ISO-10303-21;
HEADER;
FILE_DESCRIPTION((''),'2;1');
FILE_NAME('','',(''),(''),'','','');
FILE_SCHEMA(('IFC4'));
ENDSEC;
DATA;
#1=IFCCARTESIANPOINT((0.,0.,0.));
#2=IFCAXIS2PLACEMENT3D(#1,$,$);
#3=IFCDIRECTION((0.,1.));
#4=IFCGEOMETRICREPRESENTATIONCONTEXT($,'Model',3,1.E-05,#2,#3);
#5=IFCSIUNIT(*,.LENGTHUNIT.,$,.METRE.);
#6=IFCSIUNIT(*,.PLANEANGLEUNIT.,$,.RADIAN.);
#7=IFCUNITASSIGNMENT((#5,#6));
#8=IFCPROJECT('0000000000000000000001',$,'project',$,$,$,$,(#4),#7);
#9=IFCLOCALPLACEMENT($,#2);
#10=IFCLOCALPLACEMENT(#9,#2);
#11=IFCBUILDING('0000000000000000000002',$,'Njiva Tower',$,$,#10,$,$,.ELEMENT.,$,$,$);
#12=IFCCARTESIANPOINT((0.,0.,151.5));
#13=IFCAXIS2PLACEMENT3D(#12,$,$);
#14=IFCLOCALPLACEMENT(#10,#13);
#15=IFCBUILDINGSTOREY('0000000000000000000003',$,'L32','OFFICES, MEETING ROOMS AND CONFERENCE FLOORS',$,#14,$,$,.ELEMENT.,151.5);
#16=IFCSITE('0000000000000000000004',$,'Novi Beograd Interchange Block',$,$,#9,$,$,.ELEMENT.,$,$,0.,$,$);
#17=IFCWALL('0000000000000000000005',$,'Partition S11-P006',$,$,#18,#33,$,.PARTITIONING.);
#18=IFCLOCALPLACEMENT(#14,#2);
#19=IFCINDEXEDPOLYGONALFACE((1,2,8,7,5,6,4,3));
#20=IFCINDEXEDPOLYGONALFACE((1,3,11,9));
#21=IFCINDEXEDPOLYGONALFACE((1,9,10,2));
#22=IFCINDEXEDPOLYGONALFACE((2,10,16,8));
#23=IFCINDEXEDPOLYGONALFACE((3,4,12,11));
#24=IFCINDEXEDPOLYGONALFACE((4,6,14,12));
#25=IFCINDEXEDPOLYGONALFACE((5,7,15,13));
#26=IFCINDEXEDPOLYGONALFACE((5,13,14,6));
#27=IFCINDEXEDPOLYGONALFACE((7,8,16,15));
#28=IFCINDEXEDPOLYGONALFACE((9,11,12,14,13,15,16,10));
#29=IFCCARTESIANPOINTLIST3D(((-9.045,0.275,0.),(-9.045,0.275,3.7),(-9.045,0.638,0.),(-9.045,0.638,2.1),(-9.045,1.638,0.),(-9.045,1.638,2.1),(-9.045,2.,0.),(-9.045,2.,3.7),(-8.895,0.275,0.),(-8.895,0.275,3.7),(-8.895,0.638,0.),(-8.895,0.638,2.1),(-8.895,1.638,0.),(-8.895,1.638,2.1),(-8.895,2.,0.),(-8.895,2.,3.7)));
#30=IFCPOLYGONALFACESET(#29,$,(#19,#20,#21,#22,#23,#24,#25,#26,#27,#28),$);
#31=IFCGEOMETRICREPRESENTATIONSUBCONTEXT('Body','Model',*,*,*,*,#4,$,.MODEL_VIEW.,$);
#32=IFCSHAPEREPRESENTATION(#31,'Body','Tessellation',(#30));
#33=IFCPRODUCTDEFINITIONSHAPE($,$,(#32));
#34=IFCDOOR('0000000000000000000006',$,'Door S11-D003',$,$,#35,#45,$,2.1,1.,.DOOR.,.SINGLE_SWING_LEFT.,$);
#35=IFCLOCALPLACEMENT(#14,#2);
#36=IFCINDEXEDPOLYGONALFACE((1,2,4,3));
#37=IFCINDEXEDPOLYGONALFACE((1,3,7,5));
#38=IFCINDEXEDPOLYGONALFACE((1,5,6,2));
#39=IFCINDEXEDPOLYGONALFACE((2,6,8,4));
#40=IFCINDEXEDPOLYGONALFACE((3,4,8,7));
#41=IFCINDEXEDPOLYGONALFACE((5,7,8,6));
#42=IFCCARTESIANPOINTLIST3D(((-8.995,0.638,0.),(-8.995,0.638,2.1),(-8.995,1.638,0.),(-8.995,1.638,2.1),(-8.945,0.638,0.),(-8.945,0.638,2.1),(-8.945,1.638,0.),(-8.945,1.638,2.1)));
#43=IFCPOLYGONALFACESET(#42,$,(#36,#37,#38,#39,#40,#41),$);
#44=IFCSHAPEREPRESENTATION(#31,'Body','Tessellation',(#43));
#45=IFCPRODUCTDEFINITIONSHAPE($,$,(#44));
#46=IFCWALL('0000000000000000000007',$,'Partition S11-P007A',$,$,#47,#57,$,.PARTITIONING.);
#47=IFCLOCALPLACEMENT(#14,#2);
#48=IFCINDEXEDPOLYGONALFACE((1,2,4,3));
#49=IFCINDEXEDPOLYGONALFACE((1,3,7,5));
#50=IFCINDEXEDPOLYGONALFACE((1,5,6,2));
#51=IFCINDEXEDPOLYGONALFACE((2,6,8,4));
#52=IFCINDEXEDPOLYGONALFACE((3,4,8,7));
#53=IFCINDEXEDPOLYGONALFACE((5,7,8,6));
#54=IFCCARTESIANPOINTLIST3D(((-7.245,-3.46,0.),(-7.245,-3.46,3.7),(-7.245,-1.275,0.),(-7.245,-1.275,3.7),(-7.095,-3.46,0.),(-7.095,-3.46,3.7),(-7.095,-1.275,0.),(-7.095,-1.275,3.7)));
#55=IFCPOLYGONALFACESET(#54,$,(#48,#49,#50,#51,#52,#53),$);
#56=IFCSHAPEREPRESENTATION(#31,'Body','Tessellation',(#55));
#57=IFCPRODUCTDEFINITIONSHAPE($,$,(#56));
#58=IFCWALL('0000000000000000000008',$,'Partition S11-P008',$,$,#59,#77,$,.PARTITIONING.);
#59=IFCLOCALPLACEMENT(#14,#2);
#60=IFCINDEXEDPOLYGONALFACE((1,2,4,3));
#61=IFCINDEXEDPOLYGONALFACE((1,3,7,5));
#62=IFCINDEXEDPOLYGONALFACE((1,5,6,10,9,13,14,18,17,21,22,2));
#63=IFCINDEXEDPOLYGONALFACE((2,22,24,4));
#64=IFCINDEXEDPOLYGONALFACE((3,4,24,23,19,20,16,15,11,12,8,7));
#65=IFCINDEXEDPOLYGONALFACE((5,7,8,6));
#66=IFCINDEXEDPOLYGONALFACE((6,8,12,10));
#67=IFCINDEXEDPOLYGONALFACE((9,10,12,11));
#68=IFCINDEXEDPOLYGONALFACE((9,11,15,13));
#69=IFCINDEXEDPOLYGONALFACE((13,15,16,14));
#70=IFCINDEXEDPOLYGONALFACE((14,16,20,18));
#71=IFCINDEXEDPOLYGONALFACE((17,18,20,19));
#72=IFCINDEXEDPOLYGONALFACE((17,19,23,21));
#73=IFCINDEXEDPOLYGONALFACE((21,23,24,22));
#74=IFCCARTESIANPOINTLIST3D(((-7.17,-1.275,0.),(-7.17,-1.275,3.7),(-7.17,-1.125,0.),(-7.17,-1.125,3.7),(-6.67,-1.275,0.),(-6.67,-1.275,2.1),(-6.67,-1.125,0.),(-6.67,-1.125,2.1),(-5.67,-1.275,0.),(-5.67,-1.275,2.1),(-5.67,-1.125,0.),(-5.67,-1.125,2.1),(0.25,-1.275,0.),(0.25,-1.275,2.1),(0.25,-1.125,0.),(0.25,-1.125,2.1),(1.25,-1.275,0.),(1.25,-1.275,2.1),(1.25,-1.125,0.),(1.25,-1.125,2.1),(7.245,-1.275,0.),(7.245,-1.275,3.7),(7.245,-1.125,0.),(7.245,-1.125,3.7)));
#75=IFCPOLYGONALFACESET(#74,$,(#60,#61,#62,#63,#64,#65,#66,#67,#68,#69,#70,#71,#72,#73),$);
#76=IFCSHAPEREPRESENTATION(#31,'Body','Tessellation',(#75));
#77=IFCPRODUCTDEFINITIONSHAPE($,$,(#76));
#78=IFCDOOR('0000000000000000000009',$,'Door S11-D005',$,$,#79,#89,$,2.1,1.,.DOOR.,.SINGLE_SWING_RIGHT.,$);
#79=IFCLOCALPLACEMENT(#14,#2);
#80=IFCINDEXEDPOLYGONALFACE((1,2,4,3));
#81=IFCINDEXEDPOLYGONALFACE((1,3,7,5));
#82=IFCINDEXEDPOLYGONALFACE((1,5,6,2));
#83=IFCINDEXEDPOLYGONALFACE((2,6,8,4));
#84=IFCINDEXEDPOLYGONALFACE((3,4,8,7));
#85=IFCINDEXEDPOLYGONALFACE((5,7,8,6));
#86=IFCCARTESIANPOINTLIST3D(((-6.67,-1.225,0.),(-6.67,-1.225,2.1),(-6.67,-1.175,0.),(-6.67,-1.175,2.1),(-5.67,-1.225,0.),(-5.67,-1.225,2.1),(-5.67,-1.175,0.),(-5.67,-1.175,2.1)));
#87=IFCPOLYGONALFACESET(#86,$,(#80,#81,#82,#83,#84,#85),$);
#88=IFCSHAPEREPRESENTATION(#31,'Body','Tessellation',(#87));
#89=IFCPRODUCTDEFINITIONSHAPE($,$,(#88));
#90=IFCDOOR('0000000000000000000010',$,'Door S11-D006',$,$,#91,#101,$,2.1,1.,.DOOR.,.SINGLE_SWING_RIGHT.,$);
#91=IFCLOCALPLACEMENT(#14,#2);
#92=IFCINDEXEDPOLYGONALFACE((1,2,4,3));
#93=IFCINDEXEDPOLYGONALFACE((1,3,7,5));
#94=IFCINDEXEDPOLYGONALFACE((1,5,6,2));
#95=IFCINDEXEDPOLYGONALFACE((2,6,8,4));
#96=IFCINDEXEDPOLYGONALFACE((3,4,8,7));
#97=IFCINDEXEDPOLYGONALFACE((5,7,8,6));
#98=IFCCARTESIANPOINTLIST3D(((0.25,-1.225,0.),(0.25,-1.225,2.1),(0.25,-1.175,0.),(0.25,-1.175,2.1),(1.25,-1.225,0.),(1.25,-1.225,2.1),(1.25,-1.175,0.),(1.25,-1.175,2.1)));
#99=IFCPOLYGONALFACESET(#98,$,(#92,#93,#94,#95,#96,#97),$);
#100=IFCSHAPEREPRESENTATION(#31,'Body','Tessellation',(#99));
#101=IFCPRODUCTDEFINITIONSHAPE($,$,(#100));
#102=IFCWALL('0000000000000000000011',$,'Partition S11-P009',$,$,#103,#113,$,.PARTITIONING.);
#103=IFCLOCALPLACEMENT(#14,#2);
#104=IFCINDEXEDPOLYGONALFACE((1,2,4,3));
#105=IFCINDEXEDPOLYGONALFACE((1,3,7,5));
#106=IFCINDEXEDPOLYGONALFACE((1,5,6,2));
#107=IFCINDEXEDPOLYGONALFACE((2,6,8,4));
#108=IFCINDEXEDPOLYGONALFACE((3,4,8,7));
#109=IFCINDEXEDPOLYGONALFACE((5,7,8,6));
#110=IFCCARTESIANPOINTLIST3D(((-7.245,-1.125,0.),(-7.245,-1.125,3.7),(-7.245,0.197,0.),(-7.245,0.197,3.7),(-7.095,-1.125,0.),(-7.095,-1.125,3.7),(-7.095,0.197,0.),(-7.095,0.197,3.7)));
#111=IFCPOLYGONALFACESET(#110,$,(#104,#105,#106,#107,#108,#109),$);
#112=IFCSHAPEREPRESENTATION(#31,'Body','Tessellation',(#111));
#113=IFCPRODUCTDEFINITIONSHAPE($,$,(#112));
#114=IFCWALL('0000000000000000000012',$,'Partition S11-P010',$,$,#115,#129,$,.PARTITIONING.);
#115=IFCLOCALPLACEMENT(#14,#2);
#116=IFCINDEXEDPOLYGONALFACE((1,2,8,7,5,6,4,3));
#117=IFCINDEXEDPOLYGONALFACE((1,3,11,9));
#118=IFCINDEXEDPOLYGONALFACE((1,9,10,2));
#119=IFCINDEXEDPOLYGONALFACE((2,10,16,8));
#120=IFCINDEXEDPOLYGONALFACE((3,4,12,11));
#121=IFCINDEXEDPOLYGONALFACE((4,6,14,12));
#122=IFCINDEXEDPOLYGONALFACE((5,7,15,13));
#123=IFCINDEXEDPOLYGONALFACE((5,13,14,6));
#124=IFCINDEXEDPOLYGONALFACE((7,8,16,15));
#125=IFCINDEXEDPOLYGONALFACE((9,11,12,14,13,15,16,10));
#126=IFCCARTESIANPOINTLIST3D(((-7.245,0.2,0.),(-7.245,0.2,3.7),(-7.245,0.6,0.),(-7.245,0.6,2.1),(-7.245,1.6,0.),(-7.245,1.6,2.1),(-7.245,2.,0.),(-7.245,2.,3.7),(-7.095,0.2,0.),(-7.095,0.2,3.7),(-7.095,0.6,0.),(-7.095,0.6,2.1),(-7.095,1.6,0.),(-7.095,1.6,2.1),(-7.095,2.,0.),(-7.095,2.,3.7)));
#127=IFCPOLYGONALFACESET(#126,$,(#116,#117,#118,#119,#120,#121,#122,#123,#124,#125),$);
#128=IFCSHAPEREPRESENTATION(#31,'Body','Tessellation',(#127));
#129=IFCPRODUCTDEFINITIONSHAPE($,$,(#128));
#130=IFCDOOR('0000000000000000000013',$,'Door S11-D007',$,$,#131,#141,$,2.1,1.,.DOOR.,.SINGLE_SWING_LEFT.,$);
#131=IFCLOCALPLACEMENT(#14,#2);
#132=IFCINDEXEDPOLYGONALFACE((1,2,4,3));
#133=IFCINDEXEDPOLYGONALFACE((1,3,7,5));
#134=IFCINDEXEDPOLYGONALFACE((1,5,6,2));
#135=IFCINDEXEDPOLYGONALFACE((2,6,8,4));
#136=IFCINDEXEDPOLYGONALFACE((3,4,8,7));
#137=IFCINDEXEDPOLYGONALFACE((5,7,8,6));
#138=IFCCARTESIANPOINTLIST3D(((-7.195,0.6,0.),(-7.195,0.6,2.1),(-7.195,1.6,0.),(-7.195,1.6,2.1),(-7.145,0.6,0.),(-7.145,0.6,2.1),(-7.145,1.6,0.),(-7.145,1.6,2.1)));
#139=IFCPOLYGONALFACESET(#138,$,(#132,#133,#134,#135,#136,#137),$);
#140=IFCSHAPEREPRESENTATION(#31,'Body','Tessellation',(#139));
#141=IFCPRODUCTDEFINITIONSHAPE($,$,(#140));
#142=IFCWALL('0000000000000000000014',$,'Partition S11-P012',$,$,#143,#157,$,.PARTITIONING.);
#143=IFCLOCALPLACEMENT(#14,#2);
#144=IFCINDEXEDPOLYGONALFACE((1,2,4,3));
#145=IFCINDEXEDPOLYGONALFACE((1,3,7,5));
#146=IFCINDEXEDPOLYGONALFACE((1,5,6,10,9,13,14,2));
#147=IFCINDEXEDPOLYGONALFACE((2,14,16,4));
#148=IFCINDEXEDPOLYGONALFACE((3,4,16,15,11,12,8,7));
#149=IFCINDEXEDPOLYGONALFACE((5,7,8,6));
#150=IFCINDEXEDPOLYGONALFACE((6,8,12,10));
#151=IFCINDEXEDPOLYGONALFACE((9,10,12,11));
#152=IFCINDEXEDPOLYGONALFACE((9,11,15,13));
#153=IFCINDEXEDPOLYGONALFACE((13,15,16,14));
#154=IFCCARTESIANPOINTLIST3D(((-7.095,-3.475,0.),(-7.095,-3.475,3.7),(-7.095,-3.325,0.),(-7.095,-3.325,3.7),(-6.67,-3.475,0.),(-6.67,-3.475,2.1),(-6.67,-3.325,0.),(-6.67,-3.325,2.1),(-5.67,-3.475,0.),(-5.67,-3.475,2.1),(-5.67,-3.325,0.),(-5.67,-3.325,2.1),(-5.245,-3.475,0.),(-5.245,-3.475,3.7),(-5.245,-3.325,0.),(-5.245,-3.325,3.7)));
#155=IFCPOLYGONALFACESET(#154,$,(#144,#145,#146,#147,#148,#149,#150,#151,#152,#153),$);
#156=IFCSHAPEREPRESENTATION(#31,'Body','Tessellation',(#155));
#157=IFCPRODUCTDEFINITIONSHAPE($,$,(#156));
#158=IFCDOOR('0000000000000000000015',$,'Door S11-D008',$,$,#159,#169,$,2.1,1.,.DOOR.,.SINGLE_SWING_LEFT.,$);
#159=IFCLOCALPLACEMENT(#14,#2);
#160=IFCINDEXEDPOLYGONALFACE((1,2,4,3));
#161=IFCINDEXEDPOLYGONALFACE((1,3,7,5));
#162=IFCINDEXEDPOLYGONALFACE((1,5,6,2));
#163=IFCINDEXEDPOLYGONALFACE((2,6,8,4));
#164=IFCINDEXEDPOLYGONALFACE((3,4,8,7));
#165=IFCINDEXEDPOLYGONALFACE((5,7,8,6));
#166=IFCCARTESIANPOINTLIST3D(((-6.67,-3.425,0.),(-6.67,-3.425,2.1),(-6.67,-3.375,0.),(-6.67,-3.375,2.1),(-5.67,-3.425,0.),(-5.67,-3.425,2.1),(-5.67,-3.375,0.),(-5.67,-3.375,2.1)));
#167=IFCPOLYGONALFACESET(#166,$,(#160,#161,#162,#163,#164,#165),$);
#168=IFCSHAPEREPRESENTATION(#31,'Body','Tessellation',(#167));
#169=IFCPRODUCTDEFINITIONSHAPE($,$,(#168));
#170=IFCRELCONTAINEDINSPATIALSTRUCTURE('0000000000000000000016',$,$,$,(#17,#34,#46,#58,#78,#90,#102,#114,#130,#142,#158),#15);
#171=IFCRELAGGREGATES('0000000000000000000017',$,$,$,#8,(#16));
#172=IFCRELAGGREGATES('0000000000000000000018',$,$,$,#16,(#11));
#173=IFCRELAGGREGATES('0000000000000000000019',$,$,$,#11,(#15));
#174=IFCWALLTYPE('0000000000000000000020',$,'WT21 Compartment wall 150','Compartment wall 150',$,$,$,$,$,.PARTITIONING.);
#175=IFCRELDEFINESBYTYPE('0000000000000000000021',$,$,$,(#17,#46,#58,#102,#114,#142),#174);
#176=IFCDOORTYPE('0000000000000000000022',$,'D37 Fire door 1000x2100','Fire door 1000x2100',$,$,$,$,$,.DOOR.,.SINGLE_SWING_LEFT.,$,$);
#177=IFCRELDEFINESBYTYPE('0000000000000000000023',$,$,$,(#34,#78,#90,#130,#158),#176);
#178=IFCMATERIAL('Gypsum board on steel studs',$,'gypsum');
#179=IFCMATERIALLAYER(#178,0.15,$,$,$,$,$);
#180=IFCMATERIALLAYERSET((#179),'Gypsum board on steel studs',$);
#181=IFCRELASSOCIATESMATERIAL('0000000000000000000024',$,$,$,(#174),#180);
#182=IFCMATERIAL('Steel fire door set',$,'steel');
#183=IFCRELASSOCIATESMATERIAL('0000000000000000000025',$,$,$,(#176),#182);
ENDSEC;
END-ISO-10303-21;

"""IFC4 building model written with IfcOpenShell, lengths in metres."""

from ifc_helpers import new_model, si_unit, direction, frame, frame_2d, origin, place, context, subcontext, project, spatial, rectangle, extrude, material, layer, layer_set, type_object, element, fill, save


model = new_model("IFC4")

# Units and contexts
model_context = context("Model", 3, precision=1e-05, world=origin(), true_north=direction((0.0, 1.0)))
body_context = subcontext(model_context, "Body", "Model", "MODEL_VIEW")
ifc_project = project(units=[si_unit("LENGTHUNIT", "METRE"), si_unit("PLANEANGLEUNIT", "RADIAN")], contexts=[model_context])

# Site, building, storey
site_placement = place(None, origin())
site = spatial("IfcSite", under=ifc_project, at=site_placement, Name="Novi Beograd Interchange Block", CompositionType="ELEMENT", RefElevation=0.0)
building_placement = place(site_placement, origin())
building = spatial("IfcBuilding", under=site, at=building_placement, Name="Njiva Tower", CompositionType="ELEMENT")
storey_placement = place(building_placement, frame((0.0, 0.0, 151.5)))
storey = spatial("IfcBuildingStorey", under=building, at=storey_placement, Name="L32", Description="OFFICES, MEETING ROOMS AND CONFERENCE FLOORS", CompositionType="ELEMENT", Elevation=151.5)

# Wall, opening, door
ifc_material_1 = material(Name="Gypsum board on steel studs", Category="gypsum")
ifc_layer_1 = layer(ifc_material_1, 0.15)
ifc_layer_set_1 = layer_set([ifc_layer_1], Name="Gypsum board on steel studs")
wall_type_1 = type_object("IfcWallType", Name="WT21 Compartment wall 150", Description="Compartment wall 150", PredefinedType="PARTITIONING", material=ifc_layer_set_1)
wall_1_placement = place(storey_placement, frame((-8.97, 0.275, 0.0), z_axis=(0.0, 0.0, 1.0), x_axis=(0.0, 1.0, 0.0)))
wall_1 = element("IfcWall", 1, at=wall_1_placement, inside=storey, type_object=wall_type_1, Name="Partition S11-P006", PredefinedType="PARTITIONING", context=body_context, shape_type="SweptSolid", body=[
    extrude(rectangle(XDim=1.725, YDim=0.15, at=frame_2d((0.8625, 0.0))), origin(), (0.0, 0.0, 1.0), 3.7),
])
opening_1_placement = place(wall_1_placement, frame((0.363, 0.0, 0.0)))
opening_1 = element("IfcOpeningElement", 2, at=opening_1_placement, cuts=wall_1, PredefinedType="OPENING", context=body_context, shape_type="SweptSolid", body=[
    extrude(rectangle(XDim=1.0, YDim=2.1, at=frame_2d((0.5, 1.05))), frame((0.0, 0.085, 0.0), z_axis=(0.0, -1.0, 0.0), x_axis=(1.0, 0.0, 0.0)), (0.0, 0.0, 1.0), 0.17),
])
ifc_material_2 = material(Name="Steel fire door set", Category="steel")
door_type = type_object("IfcDoorType", Name="D37 Fire door 1000x2100", Description="Fire door 1000x2100", OperationType="SINGLE_SWING_LEFT", PredefinedType="DOOR", material=ifc_material_2)
door_1_placement = place(opening_1_placement, origin())
door_1 = element("IfcDoor", 3, at=door_1_placement, inside=storey, type_object=door_type, Name="Door S11-D003", OperationType="SINGLE_SWING_LEFT", OverallHeight=2.1, OverallWidth=1.0, PredefinedType="DOOR", context=body_context, shape_type="SweptSolid", body=[
    extrude(rectangle(XDim=1.0, YDim=2.1, at=frame_2d((0.5, 1.05))), frame((0.0, 0.025, 0.0), z_axis=(0.0, -1.0, 0.0), x_axis=(1.0, 0.0, 0.0)), (0.0, 0.0, 1.0), 0.05),
])
fill(opening_1, door_1)

# Wall
wall_2_placement = place(storey_placement, frame((-7.17, -3.46, 0.0), z_axis=(0.0, 0.0, 1.0), x_axis=(0.0, 1.0, 0.0)))
element("IfcWall", 4, at=wall_2_placement, inside=storey, type_object=wall_type_1, Name="Partition S11-P007A", PredefinedType="PARTITIONING", context=body_context, shape_type="SweptSolid", body=[
    extrude(rectangle(XDim=2.185, YDim=0.15, at=frame_2d((1.0925, 0.0))), origin(), (0.0, 0.0, 1.0), 3.7),
])

# Wall, openings, doors
wall_3_placement = place(storey_placement, frame((-7.17, -1.2, 0.0), z_axis=(0.0, 0.0, 1.0), x_axis=(1.0, 0.0, 0.0)))
wall_3 = element("IfcWall", 5, at=wall_3_placement, inside=storey, type_object=wall_type_1, Name="Partition S11-P008", PredefinedType="PARTITIONING", context=body_context, shape_type="SweptSolid", body=[
    extrude(rectangle(XDim=14.415, YDim=0.15, at=frame_2d((7.2075, 0.0))), origin(), (0.0, 0.0, 1.0), 3.7),
])
opening_2_placement = place(wall_3_placement, frame((0.5, 0.0, 0.0)))
opening_2 = element("IfcOpeningElement", 6, at=opening_2_placement, cuts=wall_3, PredefinedType="OPENING", context=body_context, shape_type="SweptSolid", body=[
    extrude(rectangle(XDim=1.0, YDim=2.1, at=frame_2d((0.5, 1.05))), frame((0.0, 0.085, 0.0), z_axis=(0.0, -1.0, 0.0), x_axis=(1.0, 0.0, 0.0)), (0.0, 0.0, 1.0), 0.17),
])
opening_3_placement = place(wall_3_placement, frame((7.42, 0.0, 0.0)))
opening_3 = element("IfcOpeningElement", 7, at=opening_3_placement, cuts=wall_3, PredefinedType="OPENING", context=body_context, shape_type="SweptSolid", body=[
    extrude(rectangle(XDim=1.0, YDim=2.1, at=frame_2d((0.5, 1.05))), frame((0.0, 0.085, 0.0), z_axis=(0.0, -1.0, 0.0), x_axis=(1.0, 0.0, 0.0)), (0.0, 0.0, 1.0), 0.17),
])
door_2_placement = place(opening_2_placement, origin())
door_2 = element("IfcDoor", 8, at=door_2_placement, inside=storey, type_object=door_type, Name="Door S11-D005", OperationType="SINGLE_SWING_RIGHT", OverallHeight=2.1, OverallWidth=1.0, PredefinedType="DOOR", context=body_context, shape_type="SweptSolid", body=[
    extrude(rectangle(XDim=1.0, YDim=2.1, at=frame_2d((0.5, 1.05))), frame((0.0, 0.025, 0.0), z_axis=(0.0, -1.0, 0.0), x_axis=(1.0, 0.0, 0.0)), (0.0, 0.0, 1.0), 0.05),
])
fill(opening_2, door_2)
door_3_placement = place(opening_3_placement, origin())
door_3 = element("IfcDoor", 9, at=door_3_placement, inside=storey, type_object=door_type, Name="Door S11-D006", OperationType="SINGLE_SWING_RIGHT", OverallHeight=2.1, OverallWidth=1.0, PredefinedType="DOOR", context=body_context, shape_type="SweptSolid", body=[
    extrude(rectangle(XDim=1.0, YDim=2.1, at=frame_2d((0.5, 1.05))), frame((0.0, 0.025, 0.0), z_axis=(0.0, -1.0, 0.0), x_axis=(1.0, 0.0, 0.0)), (0.0, 0.0, 1.0), 0.05),
])
fill(opening_3, door_3)

# Wall
wall_4_placement = place(storey_placement, frame((-7.17, -1.125, 0.0), z_axis=(0.0, 0.0, 1.0), x_axis=(0.0, 1.0, 0.0)))
element("IfcWall", 10, at=wall_4_placement, inside=storey, type_object=wall_type_1, Name="Partition S11-P009", PredefinedType="PARTITIONING", context=body_context, shape_type="SweptSolid", body=[
    extrude(rectangle(XDim=1.322, YDim=0.15, at=frame_2d((0.661, 0.0))), origin(), (0.0, 0.0, 1.0), 3.7),
])

# Walls, openings, doors
wall_5_placement = place(storey_placement, frame((-7.17, 0.2, 0.0), z_axis=(0.0, 0.0, 1.0), x_axis=(0.0, 1.0, 0.0)))
wall_5 = element("IfcWall", 11, at=wall_5_placement, inside=storey, type_object=wall_type_1, Name="Partition S11-P010", PredefinedType="PARTITIONING", context=body_context, shape_type="SweptSolid", body=[
    extrude(rectangle(XDim=1.8, YDim=0.15, at=frame_2d((0.9, 0.0))), origin(), (0.0, 0.0, 1.0), 3.7),
])
opening_4_placement = place(wall_5_placement, frame((0.4, 0.0, 0.0)))
opening_4 = element("IfcOpeningElement", 12, at=opening_4_placement, cuts=wall_5, PredefinedType="OPENING", context=body_context, shape_type="SweptSolid", body=[
    extrude(rectangle(XDim=1.0, YDim=2.1, at=frame_2d((0.5, 1.05))), frame((0.0, 0.085, 0.0), z_axis=(0.0, -1.0, 0.0), x_axis=(1.0, 0.0, 0.0)), (0.0, 0.0, 1.0), 0.17),
])
door_4_placement = place(opening_4_placement, origin())
door_4 = element("IfcDoor", 13, at=door_4_placement, inside=storey, type_object=door_type, Name="Door S11-D007", OperationType="SINGLE_SWING_LEFT", OverallHeight=2.1, OverallWidth=1.0, PredefinedType="DOOR", context=body_context, shape_type="SweptSolid", body=[
    extrude(rectangle(XDim=1.0, YDim=2.1, at=frame_2d((0.5, 1.05))), frame((0.0, 0.025, 0.0), z_axis=(0.0, -1.0, 0.0), x_axis=(1.0, 0.0, 0.0)), (0.0, 0.0, 1.0), 0.05),
])
fill(opening_4, door_4)
wall_6_placement = place(storey_placement, frame((-7.095, -3.4, 0.0), z_axis=(0.0, 0.0, 1.0), x_axis=(1.0, 0.0, 0.0)))
wall_6 = element("IfcWall", 14, at=wall_6_placement, inside=storey, type_object=wall_type_1, Name="Partition S11-P012", PredefinedType="PARTITIONING", context=body_context, shape_type="SweptSolid", body=[
    extrude(rectangle(XDim=1.85, YDim=0.15, at=frame_2d((0.925, 0.0))), origin(), (0.0, 0.0, 1.0), 3.7),
])
opening_5_placement = place(wall_6_placement, frame((0.425, 0.0, 0.0)))
opening_5 = element("IfcOpeningElement", 15, at=opening_5_placement, cuts=wall_6, PredefinedType="OPENING", context=body_context, shape_type="SweptSolid", body=[
    extrude(rectangle(XDim=1.0, YDim=2.1, at=frame_2d((0.5, 1.05))), frame((0.0, 0.085, 0.0), z_axis=(0.0, -1.0, 0.0), x_axis=(1.0, 0.0, 0.0)), (0.0, 0.0, 1.0), 0.17),
])
door_5_placement = place(opening_5_placement, origin())
door_5 = element("IfcDoor", 16, at=door_5_placement, inside=storey, type_object=door_type, Name="Door S11-D008", OperationType="SINGLE_SWING_LEFT", OverallHeight=2.1, OverallWidth=1.0, PredefinedType="DOOR", context=body_context, shape_type="SweptSolid", body=[
    extrude(rectangle(XDim=1.0, YDim=2.1, at=frame_2d((0.5, 1.05))), frame((0.0, 0.025, 0.0), z_axis=(0.0, -1.0, 0.0), x_axis=(1.0, 0.0, 0.0)), (0.0, 0.0, 1.0), 0.05),
])
fill(opening_5, door_5)

save(model, "model.ifc")
